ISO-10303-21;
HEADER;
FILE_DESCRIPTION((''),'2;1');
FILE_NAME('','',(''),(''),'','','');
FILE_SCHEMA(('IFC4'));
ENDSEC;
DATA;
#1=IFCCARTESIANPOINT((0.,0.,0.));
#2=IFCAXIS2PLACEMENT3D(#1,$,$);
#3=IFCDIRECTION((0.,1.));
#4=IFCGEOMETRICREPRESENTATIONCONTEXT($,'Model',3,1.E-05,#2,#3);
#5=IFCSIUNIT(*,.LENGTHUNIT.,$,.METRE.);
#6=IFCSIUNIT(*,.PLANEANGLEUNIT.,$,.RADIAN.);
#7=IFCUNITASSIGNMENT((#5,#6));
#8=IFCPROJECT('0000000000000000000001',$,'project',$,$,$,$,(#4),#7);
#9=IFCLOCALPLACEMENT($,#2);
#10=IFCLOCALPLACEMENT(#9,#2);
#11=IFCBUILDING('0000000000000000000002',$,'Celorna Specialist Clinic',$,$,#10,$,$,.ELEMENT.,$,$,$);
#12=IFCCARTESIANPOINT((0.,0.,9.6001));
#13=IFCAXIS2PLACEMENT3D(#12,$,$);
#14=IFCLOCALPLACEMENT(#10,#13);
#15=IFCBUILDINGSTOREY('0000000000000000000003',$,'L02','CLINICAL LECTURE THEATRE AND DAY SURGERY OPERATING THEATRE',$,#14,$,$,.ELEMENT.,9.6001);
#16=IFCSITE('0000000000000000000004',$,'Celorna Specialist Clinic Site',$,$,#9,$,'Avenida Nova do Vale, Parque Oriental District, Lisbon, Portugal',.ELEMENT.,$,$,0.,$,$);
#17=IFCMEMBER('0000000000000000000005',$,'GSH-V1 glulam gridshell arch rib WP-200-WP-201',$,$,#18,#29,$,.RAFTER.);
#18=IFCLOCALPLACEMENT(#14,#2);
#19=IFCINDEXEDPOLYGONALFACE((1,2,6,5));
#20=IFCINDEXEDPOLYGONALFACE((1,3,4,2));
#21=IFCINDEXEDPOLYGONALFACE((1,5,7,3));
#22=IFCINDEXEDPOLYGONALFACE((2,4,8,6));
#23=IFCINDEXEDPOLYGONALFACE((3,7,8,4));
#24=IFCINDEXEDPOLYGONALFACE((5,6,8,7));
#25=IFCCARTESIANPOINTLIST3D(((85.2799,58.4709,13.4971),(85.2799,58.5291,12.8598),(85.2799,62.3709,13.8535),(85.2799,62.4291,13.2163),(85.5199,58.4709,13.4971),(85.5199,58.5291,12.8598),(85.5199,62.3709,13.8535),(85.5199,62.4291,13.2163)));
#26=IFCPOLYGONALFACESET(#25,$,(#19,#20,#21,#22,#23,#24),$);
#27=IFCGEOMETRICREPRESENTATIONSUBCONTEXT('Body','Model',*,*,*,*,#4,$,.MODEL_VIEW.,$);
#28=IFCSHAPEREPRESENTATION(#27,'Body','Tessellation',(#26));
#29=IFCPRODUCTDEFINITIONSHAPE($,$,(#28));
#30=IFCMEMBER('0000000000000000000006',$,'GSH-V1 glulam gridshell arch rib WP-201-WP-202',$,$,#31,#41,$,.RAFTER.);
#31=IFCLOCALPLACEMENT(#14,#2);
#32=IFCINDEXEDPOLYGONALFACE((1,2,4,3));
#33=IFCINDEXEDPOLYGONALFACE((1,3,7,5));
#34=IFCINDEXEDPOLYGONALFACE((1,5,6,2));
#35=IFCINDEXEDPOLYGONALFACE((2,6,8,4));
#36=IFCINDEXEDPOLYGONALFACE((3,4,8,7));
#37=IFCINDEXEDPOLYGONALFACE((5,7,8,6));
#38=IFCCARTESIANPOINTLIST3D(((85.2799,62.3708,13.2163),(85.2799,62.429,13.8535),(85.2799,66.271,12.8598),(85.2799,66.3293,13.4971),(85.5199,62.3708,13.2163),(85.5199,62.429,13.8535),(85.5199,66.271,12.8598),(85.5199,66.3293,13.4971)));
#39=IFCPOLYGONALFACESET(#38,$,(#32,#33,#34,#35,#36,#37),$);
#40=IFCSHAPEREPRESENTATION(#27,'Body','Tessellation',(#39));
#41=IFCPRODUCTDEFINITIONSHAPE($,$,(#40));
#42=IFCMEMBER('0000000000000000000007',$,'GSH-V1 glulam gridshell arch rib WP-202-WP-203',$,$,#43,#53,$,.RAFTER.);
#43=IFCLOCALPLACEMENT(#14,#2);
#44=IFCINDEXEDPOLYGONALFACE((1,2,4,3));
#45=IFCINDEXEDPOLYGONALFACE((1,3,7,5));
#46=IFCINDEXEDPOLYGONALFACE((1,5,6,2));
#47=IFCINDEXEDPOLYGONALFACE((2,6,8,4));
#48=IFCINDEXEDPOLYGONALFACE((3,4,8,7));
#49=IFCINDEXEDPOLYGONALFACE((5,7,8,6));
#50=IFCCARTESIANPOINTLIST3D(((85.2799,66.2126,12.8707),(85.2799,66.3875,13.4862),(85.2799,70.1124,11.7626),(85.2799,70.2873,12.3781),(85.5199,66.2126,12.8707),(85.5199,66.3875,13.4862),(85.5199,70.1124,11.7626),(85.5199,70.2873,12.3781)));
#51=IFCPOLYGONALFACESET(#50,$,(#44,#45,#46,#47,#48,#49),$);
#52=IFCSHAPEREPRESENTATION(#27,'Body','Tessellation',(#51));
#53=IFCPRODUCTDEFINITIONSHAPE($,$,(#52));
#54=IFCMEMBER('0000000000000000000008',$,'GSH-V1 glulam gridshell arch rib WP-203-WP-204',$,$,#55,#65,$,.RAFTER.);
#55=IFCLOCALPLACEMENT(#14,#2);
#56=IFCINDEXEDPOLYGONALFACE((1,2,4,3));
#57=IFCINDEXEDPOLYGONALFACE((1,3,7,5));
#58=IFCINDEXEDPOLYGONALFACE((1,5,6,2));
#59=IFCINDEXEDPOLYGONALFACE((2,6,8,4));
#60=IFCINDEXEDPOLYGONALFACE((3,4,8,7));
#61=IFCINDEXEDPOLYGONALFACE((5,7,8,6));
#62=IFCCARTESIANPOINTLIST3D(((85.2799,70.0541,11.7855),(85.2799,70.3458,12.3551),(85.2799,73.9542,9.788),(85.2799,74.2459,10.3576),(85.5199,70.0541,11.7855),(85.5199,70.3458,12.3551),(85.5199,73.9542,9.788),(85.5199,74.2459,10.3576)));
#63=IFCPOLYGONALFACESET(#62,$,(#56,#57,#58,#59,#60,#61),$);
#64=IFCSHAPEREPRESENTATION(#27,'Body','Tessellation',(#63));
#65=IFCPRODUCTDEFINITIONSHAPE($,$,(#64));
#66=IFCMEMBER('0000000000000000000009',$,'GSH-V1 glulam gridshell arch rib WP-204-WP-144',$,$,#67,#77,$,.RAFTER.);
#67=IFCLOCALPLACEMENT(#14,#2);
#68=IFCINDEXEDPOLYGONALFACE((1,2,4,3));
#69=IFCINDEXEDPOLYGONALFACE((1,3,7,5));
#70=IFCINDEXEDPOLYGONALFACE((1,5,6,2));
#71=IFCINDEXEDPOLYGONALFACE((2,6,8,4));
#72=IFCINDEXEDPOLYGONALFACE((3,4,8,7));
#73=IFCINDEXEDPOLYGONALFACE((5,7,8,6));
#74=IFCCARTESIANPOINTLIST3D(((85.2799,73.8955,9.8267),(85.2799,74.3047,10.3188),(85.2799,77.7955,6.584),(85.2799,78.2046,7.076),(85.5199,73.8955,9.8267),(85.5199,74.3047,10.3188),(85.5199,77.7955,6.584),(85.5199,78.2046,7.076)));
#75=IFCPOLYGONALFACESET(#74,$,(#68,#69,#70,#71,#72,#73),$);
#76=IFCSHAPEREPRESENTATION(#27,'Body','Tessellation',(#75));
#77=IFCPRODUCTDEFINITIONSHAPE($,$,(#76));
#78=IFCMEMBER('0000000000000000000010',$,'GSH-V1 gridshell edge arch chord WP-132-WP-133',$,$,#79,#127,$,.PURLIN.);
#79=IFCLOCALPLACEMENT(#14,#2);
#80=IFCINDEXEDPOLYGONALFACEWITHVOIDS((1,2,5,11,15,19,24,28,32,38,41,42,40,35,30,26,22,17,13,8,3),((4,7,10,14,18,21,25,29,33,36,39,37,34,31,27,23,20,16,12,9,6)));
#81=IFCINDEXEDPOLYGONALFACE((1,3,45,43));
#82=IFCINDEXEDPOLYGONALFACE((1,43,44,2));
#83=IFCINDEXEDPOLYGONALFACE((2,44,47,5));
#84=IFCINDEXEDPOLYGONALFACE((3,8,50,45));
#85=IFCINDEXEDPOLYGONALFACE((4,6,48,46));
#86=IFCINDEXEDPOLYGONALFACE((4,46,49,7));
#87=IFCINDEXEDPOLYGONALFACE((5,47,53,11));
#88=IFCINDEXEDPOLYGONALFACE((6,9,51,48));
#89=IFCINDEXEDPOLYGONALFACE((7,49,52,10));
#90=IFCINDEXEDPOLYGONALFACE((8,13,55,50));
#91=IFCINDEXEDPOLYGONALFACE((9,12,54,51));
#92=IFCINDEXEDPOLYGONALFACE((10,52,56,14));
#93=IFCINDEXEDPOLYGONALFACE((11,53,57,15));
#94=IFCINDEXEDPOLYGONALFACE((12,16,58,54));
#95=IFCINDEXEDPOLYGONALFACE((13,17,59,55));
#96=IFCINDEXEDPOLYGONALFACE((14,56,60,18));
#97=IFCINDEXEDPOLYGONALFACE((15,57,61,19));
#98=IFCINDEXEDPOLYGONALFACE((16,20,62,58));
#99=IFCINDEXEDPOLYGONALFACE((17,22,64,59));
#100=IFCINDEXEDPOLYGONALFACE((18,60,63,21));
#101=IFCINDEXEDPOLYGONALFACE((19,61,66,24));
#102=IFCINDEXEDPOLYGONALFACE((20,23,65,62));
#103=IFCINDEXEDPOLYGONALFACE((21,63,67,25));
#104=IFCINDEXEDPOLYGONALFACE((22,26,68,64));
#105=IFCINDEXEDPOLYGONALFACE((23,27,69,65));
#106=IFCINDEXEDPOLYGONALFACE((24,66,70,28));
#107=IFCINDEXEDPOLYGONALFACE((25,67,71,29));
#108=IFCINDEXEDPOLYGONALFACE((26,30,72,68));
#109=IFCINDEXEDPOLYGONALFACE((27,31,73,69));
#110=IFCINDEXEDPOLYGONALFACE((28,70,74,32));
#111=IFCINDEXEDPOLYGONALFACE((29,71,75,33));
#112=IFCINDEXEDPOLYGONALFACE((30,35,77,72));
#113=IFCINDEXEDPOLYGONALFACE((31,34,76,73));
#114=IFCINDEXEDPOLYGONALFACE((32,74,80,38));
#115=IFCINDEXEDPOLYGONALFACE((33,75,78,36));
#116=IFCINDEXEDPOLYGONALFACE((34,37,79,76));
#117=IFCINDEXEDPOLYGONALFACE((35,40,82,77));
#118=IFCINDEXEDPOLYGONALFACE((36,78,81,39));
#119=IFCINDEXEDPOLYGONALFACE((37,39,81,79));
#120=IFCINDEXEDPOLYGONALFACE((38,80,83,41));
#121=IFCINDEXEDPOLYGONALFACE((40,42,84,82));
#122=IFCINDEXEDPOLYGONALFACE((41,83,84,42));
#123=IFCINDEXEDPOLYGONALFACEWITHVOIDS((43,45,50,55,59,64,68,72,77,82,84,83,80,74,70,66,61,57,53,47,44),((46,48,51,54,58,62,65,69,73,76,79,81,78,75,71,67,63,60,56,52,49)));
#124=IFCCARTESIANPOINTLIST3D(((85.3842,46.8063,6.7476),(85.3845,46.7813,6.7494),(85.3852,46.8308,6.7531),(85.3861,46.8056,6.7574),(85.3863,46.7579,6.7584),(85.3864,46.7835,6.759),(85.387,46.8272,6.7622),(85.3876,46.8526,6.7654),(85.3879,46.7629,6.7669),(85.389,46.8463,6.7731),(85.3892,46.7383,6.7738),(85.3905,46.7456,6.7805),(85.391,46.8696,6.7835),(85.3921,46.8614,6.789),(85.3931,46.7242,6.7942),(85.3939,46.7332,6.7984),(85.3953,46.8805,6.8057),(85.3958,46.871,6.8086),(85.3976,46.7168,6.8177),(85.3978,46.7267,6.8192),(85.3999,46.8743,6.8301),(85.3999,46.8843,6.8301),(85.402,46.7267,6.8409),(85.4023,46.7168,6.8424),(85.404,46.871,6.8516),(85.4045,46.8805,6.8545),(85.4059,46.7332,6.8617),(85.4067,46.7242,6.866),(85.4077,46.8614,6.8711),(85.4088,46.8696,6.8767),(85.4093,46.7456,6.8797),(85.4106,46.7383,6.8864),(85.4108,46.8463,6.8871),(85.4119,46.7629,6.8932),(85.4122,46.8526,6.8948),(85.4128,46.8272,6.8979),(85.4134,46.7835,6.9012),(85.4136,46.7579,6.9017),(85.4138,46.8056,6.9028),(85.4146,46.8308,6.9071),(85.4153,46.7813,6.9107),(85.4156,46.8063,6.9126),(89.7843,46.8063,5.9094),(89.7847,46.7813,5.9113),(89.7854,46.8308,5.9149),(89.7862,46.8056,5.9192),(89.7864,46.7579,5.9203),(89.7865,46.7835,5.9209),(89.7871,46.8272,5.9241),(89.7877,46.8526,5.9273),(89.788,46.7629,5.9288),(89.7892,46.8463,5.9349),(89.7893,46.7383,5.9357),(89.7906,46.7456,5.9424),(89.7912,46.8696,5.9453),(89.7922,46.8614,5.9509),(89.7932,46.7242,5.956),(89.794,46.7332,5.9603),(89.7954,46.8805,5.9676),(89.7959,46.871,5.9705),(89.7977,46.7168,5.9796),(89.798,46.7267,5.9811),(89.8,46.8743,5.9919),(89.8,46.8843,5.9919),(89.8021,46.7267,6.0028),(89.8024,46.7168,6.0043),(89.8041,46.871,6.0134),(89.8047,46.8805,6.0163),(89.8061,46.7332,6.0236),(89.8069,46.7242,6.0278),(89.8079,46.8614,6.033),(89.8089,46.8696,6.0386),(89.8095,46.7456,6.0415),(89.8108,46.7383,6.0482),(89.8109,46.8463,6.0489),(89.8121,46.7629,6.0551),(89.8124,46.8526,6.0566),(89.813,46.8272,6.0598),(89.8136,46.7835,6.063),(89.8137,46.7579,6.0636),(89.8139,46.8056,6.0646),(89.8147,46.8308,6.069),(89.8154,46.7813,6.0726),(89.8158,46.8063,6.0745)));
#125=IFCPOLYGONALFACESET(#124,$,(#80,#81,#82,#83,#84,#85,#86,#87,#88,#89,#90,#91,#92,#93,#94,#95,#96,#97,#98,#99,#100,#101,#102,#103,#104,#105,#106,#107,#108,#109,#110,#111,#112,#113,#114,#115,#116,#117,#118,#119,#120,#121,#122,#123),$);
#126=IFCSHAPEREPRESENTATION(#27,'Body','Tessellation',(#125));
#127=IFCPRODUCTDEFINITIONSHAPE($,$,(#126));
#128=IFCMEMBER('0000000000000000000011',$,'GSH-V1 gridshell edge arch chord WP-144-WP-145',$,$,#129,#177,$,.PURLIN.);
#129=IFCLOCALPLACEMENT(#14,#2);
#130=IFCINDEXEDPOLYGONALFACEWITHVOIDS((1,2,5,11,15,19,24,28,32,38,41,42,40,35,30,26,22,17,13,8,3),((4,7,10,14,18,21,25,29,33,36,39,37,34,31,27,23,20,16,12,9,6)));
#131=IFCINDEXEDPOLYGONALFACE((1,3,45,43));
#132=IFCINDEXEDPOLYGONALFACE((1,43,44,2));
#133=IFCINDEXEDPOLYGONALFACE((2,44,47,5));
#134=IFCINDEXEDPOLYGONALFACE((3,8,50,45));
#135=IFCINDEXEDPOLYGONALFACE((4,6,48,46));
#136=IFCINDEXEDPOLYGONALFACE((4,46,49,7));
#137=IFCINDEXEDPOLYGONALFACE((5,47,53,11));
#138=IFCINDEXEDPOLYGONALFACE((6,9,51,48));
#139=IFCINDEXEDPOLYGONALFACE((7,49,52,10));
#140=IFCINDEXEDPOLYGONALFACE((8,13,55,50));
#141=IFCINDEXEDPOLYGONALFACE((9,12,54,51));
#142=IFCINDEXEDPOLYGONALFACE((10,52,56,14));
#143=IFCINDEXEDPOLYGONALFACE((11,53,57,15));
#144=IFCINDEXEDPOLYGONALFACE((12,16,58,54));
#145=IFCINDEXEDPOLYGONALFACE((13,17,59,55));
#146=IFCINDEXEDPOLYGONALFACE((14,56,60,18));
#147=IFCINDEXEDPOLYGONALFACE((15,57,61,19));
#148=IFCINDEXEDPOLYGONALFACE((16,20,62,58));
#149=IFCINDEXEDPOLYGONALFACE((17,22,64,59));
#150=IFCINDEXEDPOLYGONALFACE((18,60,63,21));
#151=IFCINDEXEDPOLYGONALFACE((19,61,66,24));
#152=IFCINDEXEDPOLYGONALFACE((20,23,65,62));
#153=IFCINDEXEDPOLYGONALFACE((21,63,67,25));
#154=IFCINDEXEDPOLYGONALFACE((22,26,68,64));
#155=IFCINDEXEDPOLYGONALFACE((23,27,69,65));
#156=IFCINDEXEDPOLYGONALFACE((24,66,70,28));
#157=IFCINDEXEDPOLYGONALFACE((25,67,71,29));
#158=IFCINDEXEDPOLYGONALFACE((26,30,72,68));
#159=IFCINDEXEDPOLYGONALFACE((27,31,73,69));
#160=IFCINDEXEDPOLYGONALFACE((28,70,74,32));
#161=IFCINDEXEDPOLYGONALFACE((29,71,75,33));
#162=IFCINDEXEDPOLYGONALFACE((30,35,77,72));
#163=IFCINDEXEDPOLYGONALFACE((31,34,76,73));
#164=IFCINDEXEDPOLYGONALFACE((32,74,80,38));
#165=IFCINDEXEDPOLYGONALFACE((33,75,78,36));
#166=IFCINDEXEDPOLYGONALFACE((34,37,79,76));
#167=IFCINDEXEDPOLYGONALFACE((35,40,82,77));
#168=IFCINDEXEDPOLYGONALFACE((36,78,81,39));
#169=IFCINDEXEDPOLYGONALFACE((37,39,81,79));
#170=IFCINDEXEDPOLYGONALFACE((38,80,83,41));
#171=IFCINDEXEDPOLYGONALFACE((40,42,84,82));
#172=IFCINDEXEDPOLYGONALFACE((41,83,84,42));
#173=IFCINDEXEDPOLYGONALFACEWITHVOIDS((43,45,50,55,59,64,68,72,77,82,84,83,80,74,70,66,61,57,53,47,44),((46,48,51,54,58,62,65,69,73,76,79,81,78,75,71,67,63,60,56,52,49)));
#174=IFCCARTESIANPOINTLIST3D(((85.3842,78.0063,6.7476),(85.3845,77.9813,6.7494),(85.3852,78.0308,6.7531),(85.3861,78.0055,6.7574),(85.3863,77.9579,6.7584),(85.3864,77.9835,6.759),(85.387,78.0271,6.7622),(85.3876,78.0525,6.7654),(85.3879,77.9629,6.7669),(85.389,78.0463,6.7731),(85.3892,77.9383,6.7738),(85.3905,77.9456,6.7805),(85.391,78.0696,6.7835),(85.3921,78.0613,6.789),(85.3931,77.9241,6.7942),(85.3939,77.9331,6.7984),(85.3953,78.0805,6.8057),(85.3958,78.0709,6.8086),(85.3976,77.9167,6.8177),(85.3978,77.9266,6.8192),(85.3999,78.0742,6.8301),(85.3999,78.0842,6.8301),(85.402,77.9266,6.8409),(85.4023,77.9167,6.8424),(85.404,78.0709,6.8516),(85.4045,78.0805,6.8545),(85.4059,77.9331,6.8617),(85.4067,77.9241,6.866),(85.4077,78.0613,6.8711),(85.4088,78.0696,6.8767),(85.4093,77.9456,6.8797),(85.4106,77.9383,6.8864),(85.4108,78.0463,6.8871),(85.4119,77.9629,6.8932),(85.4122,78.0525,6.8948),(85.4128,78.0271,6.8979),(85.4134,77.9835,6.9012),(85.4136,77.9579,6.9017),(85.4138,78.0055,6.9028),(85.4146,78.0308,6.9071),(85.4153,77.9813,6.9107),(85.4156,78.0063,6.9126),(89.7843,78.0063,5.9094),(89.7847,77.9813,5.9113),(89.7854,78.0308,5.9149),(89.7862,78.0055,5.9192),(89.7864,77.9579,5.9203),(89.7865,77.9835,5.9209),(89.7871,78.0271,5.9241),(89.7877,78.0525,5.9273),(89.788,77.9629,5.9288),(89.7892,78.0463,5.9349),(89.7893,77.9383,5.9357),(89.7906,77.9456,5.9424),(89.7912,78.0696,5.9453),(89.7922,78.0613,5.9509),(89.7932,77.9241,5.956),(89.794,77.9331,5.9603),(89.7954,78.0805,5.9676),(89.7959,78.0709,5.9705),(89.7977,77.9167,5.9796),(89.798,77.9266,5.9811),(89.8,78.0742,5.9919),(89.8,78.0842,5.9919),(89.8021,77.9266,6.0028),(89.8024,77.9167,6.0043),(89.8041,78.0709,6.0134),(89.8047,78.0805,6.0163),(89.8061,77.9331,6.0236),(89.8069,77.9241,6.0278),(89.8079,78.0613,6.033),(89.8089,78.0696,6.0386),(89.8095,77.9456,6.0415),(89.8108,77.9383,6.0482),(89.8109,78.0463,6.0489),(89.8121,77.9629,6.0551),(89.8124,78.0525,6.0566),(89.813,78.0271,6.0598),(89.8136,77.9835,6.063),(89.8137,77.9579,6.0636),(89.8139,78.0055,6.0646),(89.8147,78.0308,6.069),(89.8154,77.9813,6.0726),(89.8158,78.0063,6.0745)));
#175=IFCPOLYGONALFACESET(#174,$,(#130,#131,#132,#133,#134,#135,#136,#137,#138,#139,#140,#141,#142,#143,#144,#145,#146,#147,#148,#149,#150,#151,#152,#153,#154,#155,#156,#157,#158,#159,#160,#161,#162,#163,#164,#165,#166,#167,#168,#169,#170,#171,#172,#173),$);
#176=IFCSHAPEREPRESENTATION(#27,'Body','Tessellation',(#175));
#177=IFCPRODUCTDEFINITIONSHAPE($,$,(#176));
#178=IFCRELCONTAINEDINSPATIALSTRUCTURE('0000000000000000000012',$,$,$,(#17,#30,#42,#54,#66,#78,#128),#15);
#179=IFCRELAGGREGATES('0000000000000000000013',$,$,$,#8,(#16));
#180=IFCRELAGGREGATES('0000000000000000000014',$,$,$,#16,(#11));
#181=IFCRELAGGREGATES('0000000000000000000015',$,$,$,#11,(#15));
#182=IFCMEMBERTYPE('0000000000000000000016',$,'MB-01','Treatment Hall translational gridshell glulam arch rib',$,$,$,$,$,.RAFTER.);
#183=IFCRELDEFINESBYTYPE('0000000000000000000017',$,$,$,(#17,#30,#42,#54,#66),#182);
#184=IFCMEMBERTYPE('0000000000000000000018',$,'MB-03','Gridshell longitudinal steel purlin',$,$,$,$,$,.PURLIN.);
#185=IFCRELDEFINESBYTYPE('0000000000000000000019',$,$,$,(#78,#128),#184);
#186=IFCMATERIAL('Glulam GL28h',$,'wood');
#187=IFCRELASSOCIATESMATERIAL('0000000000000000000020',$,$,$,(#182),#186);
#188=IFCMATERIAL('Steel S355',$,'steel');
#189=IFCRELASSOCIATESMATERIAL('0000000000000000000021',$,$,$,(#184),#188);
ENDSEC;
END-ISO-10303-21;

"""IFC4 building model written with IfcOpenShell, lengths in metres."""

from ifc_helpers import new_model, si_unit, direction, frame, origin, origin_2d, place, context, subcontext, project, spatial, rectangle, hollow_circle, extrude, material, material_profile, profile_set, type_object, element, save


model = new_model("IFC4")

# Units and contexts
model_context = context("Model", 3, precision=1e-05, world=origin(), true_north=direction((0.0, 1.0)))
body_context = subcontext(model_context, "Body", "Model", "MODEL_VIEW")
ifc_project = project(units=[si_unit("LENGTHUNIT", "METRE"), si_unit("PLANEANGLEUNIT", "RADIAN")], contexts=[model_context])

# Site, building, storey
site_placement = place(None, origin())
site = spatial("IfcSite", under=ifc_project, at=site_placement, Name="Celorna Specialist Clinic Site", LongName="Avenida Nova do Vale, Parque Oriental District, Lisbon, Portugal", CompositionType="ELEMENT", RefElevation=0.0)
building_placement = place(site_placement, origin())
building = spatial("IfcBuilding", under=site, at=building_placement, Name="Celorna Specialist Clinic", CompositionType="ELEMENT")
storey_placement = place(building_placement, frame((0.0, 0.0, 9.6001)))
storey = spatial("IfcBuildingStorey", under=building, at=storey_placement, Name="L02", Description="CLINICAL LECTURE THEATRE AND DAY SURGERY OPERATING THEATRE", CompositionType="ELEMENT", Elevation=9.6001)

# Shared definitions
ifc_material_1 = material(Name="Steel S355", Category="steel")

# Members
ifc_material_2 = material(Name="Glulam GL28h", Category="wood")
ifc_material_profile_1 = material_profile(ifc_material_2, rectangle(XDim=0.24, YDim=0.6399, at=origin_2d()), Name="GL28h 240x640")
ifc_profile_set_1 = profile_set([ifc_material_profile_1], Name="Glulam GL28h")
member_type_1 = type_object("IfcMemberType", Name="MB-01", Description="Treatment Hall translational gridshell glulam arch rib", PredefinedType="RAFTER", material=ifc_profile_set_1)
member_1_placement = place(storey_placement, frame((85.3999, 58.5, 13.1785), z_axis=(0.0, 0.995849, 0.091019), x_axis=(-1.0, 0.0, 0.0)))
element("IfcMember", 1, at=member_1_placement, inside=storey, type_object=member_type_1, Name="GSH-V1 glulam gridshell arch rib WP-200-WP-201", PredefinedType="RAFTER", context=body_context, shape_type="SweptSolid", body=[
    extrude(rectangle(XDim=0.24, YDim=0.6399, at=origin_2d()), origin(), (0.0, 0.0, 1.0), 3.9163),
])
member_2_placement = place(storey_placement, frame((85.3999, 62.3999, 13.5349), z_axis=(0.0, 0.99585, -0.091013), x_axis=(-1.0, 0.0, 0.0)))
element("IfcMember", 2, at=member_2_placement, inside=storey, type_object=member_type_1, Name="GSH-V1 glulam gridshell arch rib WP-201-WP-202", PredefinedType="RAFTER", context=body_context, shape_type="SweptSolid", body=[
    extrude(rectangle(XDim=0.24, YDim=0.6399, at=origin_2d()), origin(), (0.0, 0.0, 1.0), 3.9165),
])
member_3_placement = place(storey_placement, frame((85.3999, 66.3, 13.1785), z_axis=(0.0, 0.961921, -0.273329), x_axis=(-1.0, 0.0, 0.0)))
element("IfcMember", 3, at=member_3_placement, inside=storey, type_object=member_type_1, Name="GSH-V1 glulam gridshell arch rib WP-202-WP-203", PredefinedType="RAFTER", context=body_context, shape_type="SweptSolid", body=[
    extrude(rectangle(XDim=0.24, YDim=0.6399, at=origin_2d()), origin(), (0.0, 0.0, 1.0), 4.0542),
])
member_4_placement = place(storey_placement, frame((85.3999, 70.2, 12.0703), z_axis=(0.0, 0.890051, -0.455862), x_axis=(-1.0, 0.0, 0.0)))
element("IfcMember", 4, at=member_4_placement, inside=storey, type_object=member_type_1, Name="GSH-V1 glulam gridshell arch rib WP-203-WP-204", PredefinedType="RAFTER", context=body_context, shape_type="SweptSolid", body=[
    extrude(rectangle(XDim=0.24, YDim=0.6399, at=origin_2d()), origin(), (0.0, 0.0, 1.0), 4.3818),
])
member_5_placement = place(storey_placement, frame((85.3999, 74.1001, 10.0728), z_axis=(0.0, 0.768923, -0.639341), x_axis=(-1.0, 0.0, 0.0)))
element("IfcMember", 5, at=member_5_placement, inside=storey, type_object=member_type_1, Name="GSH-V1 glulam gridshell arch rib WP-204-WP-144", PredefinedType="RAFTER", context=body_context, shape_type="SweptSolid", body=[
    extrude(rectangle(XDim=0.24, YDim=0.6399, at=origin_2d()), origin(), (0.0, 0.0, 1.0), 5.072),
])
ifc_material_profile_2 = material_profile(ifc_material_1, hollow_circle(Radius=0.0842, WallThickness=0.01, at=origin_2d()), Name="CHS 168.3x10")
ifc_profile_set_2 = profile_set([ifc_material_profile_2], Name="Steel S355")
member_type_2 = type_object("IfcMemberType", Name="MB-03", Description="Gridshell longitudinal steel purlin", PredefinedType="PURLIN", material=ifc_profile_set_2)
for number, where, z_axis, x_axis, name in (
    (6, (85.3999, 46.8, 6.8301), (0.982338, 0.0, -0.187115), (0.0, 1.0, 0.0), "GSH-V1 gridshell edge arch chord WP-132-WP-133"),
    (7, (85.3999, 78.0, 6.8301), (0.982338, 0.0, -0.187115), (0.0, 1.0, 0.0), "GSH-V1 gridshell edge arch chord WP-144-WP-145"),
):
    element("IfcMember", number, at=place(storey_placement, frame(where, z_axis=z_axis, x_axis=x_axis)), inside=storey, type_object=member_type_2, Name=name, PredefinedType="PURLIN", context=body_context, shape_type="SweptSolid", body=[
        extrude(hollow_circle(Radius=0.0842, WallThickness=0.01, at=origin_2d()), origin(), (0.0, 0.0, 1.0), 4.4792),
    ])

save(model, "model.ifc")
